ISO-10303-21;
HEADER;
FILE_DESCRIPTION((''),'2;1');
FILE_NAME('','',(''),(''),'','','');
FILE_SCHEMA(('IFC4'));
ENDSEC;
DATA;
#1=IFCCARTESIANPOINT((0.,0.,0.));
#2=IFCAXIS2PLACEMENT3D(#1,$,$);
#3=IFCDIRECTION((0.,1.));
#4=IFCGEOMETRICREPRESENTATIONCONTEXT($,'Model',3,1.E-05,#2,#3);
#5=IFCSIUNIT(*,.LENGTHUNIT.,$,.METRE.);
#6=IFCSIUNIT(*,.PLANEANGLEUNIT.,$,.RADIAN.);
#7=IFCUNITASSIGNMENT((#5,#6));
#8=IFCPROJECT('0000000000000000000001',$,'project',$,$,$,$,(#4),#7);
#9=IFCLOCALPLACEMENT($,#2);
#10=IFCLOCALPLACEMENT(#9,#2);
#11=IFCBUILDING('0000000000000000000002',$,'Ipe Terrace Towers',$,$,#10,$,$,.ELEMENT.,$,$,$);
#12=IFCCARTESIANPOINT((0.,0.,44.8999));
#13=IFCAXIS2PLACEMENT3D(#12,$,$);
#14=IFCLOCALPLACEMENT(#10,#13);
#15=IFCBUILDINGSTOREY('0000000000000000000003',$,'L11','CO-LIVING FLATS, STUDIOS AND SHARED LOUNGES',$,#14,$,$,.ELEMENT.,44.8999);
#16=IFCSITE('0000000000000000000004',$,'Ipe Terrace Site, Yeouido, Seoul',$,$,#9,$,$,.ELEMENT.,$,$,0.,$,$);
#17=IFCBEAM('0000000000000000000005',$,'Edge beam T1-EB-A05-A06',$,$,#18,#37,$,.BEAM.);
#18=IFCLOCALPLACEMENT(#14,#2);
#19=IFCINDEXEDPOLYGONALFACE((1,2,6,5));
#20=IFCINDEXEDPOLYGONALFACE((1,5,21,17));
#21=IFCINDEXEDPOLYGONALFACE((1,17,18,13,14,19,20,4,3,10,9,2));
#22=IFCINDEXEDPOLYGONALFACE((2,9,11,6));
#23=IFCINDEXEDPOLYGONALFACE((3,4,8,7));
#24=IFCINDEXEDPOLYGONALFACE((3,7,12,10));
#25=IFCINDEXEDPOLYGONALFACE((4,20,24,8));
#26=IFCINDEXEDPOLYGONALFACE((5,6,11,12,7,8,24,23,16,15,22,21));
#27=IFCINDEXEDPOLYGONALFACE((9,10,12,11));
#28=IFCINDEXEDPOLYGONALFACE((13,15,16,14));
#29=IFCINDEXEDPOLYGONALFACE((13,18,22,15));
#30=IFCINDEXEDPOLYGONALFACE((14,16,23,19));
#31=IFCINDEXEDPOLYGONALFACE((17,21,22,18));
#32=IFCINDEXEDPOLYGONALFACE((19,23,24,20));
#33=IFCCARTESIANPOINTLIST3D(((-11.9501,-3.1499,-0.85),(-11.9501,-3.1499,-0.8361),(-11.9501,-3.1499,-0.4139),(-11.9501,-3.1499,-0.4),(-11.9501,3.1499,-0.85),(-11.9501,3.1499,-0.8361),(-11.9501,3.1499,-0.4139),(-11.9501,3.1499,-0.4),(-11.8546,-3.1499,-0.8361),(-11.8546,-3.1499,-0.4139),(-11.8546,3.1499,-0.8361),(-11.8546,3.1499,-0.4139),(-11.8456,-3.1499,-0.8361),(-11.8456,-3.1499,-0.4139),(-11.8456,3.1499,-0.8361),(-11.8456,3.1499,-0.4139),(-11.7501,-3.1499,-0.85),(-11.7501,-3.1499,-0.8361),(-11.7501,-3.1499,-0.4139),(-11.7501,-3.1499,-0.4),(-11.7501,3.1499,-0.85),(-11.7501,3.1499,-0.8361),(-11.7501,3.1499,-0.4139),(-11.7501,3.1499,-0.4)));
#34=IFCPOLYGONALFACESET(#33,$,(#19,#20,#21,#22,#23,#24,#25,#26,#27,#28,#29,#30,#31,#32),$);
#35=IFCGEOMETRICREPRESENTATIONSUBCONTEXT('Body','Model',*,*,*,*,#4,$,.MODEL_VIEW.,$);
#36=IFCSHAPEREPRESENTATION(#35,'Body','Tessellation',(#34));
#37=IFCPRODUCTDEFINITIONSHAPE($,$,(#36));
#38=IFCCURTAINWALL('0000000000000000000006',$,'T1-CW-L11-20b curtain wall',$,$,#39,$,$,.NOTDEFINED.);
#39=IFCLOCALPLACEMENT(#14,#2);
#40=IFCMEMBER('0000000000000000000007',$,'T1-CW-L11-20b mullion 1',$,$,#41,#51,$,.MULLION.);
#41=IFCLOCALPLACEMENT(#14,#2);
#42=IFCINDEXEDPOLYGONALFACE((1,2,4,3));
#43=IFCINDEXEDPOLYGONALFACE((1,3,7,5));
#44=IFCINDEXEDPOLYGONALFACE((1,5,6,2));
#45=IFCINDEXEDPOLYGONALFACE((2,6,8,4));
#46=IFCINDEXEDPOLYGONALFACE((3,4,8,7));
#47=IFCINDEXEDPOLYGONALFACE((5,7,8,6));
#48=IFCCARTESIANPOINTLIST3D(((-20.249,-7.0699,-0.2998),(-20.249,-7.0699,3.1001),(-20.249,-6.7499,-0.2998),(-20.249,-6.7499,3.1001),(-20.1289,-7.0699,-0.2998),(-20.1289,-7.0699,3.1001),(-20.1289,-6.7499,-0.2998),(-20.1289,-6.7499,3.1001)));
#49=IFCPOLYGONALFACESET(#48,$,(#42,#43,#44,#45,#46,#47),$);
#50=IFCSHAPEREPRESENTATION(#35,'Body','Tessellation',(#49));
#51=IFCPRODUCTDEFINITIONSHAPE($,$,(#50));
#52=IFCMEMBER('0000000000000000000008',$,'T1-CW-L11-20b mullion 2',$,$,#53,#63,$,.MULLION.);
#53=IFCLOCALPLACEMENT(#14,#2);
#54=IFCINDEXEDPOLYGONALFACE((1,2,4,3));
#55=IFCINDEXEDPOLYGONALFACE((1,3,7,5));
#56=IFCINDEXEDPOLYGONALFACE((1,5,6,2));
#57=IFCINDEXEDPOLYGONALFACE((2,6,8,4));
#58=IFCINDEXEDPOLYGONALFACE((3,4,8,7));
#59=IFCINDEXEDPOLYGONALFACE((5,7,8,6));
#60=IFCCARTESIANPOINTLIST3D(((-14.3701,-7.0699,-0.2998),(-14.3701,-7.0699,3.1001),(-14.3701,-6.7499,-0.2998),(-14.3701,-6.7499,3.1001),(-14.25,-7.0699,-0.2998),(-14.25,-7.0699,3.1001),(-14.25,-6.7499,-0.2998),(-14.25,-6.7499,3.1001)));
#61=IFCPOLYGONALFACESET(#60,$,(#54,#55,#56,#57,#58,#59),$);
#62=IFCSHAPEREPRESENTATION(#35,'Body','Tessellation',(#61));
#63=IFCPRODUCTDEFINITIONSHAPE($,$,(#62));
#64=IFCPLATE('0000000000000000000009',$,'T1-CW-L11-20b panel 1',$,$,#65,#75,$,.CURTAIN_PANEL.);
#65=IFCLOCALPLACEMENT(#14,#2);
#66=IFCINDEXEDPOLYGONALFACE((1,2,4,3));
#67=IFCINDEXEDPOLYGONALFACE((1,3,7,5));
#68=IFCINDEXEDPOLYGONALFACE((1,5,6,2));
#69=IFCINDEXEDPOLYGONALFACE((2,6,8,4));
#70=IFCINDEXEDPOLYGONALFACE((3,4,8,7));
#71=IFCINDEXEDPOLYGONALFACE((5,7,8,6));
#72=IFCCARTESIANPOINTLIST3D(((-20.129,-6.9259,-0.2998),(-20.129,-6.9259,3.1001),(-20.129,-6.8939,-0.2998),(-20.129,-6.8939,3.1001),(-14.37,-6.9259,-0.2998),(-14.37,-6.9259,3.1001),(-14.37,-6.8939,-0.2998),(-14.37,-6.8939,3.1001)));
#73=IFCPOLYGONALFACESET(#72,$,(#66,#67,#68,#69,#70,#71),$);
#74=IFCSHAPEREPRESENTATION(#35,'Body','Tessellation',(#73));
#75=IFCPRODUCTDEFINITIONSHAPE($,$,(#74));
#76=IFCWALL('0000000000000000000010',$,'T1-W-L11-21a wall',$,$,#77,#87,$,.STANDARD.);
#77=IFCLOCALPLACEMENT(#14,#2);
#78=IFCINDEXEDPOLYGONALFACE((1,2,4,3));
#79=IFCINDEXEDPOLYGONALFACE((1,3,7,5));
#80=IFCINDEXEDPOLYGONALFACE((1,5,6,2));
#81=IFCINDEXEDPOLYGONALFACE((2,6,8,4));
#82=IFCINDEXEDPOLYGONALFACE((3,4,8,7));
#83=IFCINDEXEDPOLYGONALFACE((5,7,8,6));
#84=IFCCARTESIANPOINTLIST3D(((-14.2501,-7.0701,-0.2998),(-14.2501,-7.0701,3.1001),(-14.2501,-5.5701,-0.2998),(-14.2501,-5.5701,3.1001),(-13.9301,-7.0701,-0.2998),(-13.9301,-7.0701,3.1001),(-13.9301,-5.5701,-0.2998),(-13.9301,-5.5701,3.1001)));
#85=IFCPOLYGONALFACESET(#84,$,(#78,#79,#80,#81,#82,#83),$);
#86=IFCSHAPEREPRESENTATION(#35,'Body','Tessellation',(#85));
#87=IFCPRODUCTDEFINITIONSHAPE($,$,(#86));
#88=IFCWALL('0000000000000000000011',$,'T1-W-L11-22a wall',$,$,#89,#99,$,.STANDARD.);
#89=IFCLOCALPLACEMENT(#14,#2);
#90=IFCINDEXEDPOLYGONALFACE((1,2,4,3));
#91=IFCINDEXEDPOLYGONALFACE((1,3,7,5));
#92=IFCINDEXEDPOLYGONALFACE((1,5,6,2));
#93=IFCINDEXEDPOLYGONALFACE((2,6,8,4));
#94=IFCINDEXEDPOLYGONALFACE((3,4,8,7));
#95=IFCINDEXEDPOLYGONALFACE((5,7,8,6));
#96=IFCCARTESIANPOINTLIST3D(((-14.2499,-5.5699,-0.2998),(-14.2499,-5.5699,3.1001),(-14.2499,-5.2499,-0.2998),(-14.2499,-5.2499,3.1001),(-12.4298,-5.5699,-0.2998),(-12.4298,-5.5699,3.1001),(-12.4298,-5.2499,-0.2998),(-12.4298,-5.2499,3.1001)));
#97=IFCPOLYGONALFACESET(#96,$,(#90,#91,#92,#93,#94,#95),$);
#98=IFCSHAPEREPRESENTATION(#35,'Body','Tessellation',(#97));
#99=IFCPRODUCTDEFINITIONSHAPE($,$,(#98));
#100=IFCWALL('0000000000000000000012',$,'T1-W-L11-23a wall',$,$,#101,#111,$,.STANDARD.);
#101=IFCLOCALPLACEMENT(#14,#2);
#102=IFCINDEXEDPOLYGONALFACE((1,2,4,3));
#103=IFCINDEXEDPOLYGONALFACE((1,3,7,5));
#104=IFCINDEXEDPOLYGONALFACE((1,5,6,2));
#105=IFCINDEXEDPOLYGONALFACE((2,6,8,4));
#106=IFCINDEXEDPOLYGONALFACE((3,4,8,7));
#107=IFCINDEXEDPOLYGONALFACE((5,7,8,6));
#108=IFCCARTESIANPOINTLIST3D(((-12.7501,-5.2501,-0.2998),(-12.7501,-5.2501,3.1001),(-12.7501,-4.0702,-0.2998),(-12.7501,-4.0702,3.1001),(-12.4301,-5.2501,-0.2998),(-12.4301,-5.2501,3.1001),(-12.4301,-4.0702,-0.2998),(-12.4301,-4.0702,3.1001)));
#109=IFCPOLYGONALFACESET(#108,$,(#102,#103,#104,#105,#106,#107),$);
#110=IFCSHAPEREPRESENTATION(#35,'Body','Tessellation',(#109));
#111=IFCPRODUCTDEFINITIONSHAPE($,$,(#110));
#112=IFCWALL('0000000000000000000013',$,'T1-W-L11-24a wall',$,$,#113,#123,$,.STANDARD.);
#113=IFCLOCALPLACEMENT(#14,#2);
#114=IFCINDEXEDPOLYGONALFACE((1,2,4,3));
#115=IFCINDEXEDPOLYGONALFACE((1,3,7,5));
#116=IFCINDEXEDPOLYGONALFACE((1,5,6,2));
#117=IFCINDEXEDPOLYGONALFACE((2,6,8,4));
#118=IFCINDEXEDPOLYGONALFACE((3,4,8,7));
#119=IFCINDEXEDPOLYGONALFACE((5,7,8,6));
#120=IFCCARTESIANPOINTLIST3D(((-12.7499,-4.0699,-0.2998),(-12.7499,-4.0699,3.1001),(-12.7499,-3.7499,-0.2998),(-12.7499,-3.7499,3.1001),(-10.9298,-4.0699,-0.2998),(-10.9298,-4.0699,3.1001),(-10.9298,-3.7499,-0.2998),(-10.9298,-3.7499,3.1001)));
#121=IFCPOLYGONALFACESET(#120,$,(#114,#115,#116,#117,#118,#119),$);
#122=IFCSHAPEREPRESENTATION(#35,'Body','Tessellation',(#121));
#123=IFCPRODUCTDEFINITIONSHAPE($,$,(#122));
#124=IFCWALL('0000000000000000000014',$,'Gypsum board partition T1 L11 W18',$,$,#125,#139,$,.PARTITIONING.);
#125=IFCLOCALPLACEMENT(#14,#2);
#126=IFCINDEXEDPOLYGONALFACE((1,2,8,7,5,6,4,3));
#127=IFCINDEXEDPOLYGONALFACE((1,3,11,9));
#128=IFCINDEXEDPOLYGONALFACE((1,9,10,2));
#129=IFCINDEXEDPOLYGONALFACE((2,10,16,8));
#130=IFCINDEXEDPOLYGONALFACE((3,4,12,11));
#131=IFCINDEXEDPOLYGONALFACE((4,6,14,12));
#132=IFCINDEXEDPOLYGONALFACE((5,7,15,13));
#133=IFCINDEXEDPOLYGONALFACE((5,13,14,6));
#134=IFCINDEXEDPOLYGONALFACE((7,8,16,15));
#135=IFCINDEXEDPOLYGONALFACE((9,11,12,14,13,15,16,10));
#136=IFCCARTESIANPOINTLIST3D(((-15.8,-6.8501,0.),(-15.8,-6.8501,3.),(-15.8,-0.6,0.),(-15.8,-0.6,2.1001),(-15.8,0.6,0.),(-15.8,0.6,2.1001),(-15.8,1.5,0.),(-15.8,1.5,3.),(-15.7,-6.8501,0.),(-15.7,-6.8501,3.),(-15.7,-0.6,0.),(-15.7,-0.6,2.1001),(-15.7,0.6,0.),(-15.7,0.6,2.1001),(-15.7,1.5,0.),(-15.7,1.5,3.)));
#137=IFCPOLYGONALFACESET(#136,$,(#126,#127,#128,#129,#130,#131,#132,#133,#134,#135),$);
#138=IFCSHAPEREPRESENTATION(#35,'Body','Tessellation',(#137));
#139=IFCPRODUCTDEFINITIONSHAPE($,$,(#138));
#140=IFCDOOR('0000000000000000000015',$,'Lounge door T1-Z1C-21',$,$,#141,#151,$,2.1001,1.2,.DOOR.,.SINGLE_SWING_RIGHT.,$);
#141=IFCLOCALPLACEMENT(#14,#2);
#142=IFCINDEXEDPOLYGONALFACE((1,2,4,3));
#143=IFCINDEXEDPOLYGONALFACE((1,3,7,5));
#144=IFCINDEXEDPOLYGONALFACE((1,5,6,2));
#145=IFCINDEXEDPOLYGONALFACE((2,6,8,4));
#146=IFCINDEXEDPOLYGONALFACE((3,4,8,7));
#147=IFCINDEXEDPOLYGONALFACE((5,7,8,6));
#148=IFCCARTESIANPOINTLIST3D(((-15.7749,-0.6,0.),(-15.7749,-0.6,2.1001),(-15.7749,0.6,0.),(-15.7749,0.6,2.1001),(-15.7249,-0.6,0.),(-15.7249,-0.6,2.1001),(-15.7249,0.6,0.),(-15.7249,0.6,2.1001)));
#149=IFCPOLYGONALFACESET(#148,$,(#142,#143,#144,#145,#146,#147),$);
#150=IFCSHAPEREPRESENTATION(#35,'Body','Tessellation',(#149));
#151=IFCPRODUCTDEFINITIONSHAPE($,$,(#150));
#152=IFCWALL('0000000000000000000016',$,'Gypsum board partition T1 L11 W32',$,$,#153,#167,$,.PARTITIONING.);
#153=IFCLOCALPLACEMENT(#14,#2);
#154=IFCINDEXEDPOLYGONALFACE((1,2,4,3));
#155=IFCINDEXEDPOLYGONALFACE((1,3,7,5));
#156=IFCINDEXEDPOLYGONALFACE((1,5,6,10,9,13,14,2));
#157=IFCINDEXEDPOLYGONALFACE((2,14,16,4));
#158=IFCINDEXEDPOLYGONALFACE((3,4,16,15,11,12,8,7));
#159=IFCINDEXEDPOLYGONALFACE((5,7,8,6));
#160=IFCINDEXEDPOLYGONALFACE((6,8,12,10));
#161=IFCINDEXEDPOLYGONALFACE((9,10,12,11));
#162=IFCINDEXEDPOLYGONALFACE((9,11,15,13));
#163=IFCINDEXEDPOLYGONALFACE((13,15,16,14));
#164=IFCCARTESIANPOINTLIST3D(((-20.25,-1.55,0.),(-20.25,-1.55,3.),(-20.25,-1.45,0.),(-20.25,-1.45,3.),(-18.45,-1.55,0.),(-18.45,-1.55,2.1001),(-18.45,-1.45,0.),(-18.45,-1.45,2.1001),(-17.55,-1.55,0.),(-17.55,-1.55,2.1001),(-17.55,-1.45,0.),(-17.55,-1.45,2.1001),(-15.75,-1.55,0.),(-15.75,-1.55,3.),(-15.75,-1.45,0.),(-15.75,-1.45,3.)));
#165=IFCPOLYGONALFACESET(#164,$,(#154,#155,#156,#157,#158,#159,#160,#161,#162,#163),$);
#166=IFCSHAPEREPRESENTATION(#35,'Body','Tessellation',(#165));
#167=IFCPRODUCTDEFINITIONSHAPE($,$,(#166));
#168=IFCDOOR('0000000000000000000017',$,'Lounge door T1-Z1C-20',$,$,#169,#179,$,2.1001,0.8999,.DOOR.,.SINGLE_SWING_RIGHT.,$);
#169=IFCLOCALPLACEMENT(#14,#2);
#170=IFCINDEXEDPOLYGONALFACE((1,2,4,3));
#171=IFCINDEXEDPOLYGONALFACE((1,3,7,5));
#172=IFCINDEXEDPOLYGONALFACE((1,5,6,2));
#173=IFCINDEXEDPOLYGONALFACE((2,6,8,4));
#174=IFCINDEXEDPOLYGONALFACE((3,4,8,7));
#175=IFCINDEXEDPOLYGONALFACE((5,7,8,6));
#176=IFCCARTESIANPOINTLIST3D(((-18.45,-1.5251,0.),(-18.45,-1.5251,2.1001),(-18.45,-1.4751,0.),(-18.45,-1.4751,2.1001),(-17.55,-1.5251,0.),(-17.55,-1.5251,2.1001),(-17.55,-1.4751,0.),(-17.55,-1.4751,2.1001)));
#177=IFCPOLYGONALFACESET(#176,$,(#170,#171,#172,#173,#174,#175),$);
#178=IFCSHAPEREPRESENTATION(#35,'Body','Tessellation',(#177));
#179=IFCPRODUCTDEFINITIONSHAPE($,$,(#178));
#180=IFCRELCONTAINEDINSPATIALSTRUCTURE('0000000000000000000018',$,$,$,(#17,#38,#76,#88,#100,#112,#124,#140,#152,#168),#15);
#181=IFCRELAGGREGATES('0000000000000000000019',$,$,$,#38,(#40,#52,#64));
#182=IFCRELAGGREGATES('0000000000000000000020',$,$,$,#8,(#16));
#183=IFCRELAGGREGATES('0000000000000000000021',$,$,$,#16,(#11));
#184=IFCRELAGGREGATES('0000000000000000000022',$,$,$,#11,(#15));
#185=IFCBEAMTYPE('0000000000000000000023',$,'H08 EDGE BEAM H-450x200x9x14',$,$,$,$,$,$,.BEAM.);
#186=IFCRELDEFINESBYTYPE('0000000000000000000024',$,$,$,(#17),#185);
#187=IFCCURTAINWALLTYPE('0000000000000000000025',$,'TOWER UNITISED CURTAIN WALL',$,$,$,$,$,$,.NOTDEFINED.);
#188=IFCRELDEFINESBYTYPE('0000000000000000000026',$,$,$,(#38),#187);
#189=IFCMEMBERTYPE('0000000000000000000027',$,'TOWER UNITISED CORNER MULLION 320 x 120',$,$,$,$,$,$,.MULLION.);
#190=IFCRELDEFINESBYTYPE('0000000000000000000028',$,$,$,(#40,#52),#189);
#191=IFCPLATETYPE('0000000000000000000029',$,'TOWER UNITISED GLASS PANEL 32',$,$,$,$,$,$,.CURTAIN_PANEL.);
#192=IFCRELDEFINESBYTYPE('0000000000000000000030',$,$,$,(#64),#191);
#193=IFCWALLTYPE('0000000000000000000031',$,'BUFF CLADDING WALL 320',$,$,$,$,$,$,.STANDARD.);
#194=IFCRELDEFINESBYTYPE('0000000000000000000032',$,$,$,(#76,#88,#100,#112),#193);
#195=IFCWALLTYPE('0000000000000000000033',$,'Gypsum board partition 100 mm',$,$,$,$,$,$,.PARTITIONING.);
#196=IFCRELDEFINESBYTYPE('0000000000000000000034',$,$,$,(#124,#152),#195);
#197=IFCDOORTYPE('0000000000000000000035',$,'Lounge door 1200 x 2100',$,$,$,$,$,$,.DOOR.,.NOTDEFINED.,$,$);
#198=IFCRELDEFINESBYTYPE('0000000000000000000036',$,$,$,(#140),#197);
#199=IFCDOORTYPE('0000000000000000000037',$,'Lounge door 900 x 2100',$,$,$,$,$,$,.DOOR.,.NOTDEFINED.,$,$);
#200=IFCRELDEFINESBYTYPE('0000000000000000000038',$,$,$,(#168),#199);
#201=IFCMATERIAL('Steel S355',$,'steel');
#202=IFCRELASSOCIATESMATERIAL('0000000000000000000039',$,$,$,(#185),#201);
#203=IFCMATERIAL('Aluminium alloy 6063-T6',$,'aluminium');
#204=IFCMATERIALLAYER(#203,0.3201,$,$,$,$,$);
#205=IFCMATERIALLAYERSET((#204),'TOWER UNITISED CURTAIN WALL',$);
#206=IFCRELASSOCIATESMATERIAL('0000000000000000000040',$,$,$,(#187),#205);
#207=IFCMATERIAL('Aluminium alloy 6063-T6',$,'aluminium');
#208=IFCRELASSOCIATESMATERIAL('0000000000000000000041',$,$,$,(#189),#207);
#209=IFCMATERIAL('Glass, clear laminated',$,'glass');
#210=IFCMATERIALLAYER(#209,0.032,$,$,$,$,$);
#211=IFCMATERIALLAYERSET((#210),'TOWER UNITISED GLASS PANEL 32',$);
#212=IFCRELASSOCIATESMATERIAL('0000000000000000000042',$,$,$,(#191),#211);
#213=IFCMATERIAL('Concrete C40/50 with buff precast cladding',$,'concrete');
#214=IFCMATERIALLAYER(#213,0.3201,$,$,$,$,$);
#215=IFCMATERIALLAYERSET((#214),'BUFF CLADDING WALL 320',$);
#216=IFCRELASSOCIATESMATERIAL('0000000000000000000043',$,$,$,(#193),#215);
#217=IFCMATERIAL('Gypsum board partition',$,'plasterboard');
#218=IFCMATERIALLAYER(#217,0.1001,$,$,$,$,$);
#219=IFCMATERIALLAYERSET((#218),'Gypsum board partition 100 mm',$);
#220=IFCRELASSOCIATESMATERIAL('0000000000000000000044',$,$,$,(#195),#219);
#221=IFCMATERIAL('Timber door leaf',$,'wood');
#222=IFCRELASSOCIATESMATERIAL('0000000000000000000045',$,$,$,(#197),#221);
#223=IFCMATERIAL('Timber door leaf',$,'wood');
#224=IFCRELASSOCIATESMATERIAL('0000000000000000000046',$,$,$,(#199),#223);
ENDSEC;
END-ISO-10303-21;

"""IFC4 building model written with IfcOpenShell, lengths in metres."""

from ifc_helpers import new_model, si_unit, direction, frame, frame_2d, origin, origin_2d, place, context, subcontext, project, spatial, rectangle, i_section, extrude, material, layer, layer_set, material_profile, profile_set, type_object, element, fill, aggregate, save


model = new_model("IFC4")

# Units and contexts
model_context = context("Model", 3, precision=1e-05, world=origin(), true_north=direction((0.0, 1.0)))
body_context = subcontext(model_context, "Body", "Model", "MODEL_VIEW")
ifc_project = project(units=[si_unit("LENGTHUNIT", "METRE"), si_unit("PLANEANGLEUNIT", "RADIAN")], contexts=[model_context])

# Site, building, storey
site_placement = place(None, origin())
site = spatial("IfcSite", under=ifc_project, at=site_placement, Name="Ipe Terrace Site, Yeouido, Seoul", CompositionType="ELEMENT", RefElevation=0.0)
building_placement = place(site_placement, origin())
building = spatial("IfcBuilding", under=site, at=building_placement, Name="Ipe Terrace Towers", CompositionType="ELEMENT")
storey_placement = place(building_placement, frame((0.0, 0.0, 44.8999)))
storey = spatial("IfcBuildingStorey", under=building, at=storey_placement, Name="L11", Description="CO-LIVING FLATS, STUDIOS AND SHARED LOUNGES", CompositionType="ELEMENT", Elevation=44.8999)

# Beam
ifc_material_1 = material(Name="Steel S355", Category="steel")
ifc_material_profile_1 = material_profile(ifc_material_1, i_section(OverallWidth=0.2, OverallDepth=0.45, WebThickness=0.009, FlangeThickness=0.0139, at=origin_2d()), Name="H-450x200x9x14")
ifc_profile_set_1 = profile_set([ifc_material_profile_1], Name="Steel S355")
beam_type = type_object("IfcBeamType", Name="H08 EDGE BEAM H-450x200x9x14", PredefinedType="BEAM", material=ifc_profile_set_1)
beam_1_placement = place(storey_placement, frame((-11.8501, -3.1499, -0.625), z_axis=(0.0, 1.0, 0.0), x_axis=(-1.0, 0.0, 0.0)))
element("IfcBeam", 1, at=beam_1_placement, inside=storey, type_object=beam_type, Name="Edge beam T1-EB-A05-A06", PredefinedType="BEAM", context=body_context, shape_type="SweptSolid", body=[
    extrude(i_section(OverallWidth=0.2, OverallDepth=0.45, WebThickness=0.009, FlangeThickness=0.0139, at=origin_2d()), origin(), (0.0, 0.0, 1.0), 6.2998),
])

# Curtain wall, members, plate
ifc_material_2 = material(Name="Aluminium alloy 6063-T6", Category="aluminium")
ifc_layer_1 = layer(ifc_material_2, 0.3201)
ifc_layer_set_1 = layer_set([ifc_layer_1], Name="TOWER UNITISED CURTAIN WALL")
curtain_wall_type = type_object("IfcCurtainWallType", Name="TOWER UNITISED CURTAIN WALL", PredefinedType="NOTDEFINED", material=ifc_layer_set_1)
curtain_wall_placement = place(storey_placement, origin())
curtain_wall = element("IfcCurtainWall", 2, at=curtain_wall_placement, inside=storey, type_object=curtain_wall_type, Name="T1-CW-L11-20b curtain wall", PredefinedType="NOTDEFINED")
ifc_material_3 = material(Name="Aluminium alloy 6063-T6", Category="aluminium")
ifc_material_profile_2 = material_profile(ifc_material_3, rectangle(XDim=0.3201, YDim=0.1201, at=origin_2d()), Name="TOWER UNITISED CORNER MULLION 320 x 120")
ifc_profile_set_2 = profile_set([ifc_material_profile_2], Name="Aluminium alloy 6063-T6")
member_type = type_object("IfcMemberType", Name="TOWER UNITISED CORNER MULLION 320 x 120", PredefinedType="MULLION", material=ifc_profile_set_2)
member_1_placement = place(storey_placement, frame((-20.189, -6.9099, -0.2998), z_axis=(0.0, 0.0, 1.0), x_axis=(0.0, -1.0, 0.0)))
member_1 = element("IfcMember", 3, at=member_1_placement, type_object=member_type, Name="T1-CW-L11-20b mullion 1", PredefinedType="MULLION", context=body_context, shape_type="SweptSolid", body=[
    extrude(rectangle(XDim=0.3201, YDim=0.1201, at=origin_2d()), origin(), (0.0, 0.0, 1.0), 3.3999),
])
member_2_placement = place(storey_placement, frame((-14.3101, -6.9099, -0.2998), z_axis=(0.0, 0.0, 1.0), x_axis=(0.0, -1.0, 0.0)))
member_2 = element("IfcMember", 4, at=member_2_placement, type_object=member_type, Name="T1-CW-L11-20b mullion 2", PredefinedType="MULLION", context=body_context, shape_type="SweptSolid", body=[
    extrude(rectangle(XDim=0.3201, YDim=0.1201, at=origin_2d()), origin(), (0.0, 0.0, 1.0), 3.3999),
])
ifc_material_4 = material(Name="Glass, clear laminated", Category="glass")
ifc_layer_2 = layer(ifc_material_4, 0.032)
ifc_layer_set_2 = layer_set([ifc_layer_2], Name="TOWER UNITISED GLASS PANEL 32")
plate_type = type_object("IfcPlateType", Name="TOWER UNITISED GLASS PANEL 32", PredefinedType="CURTAIN_PANEL", material=ifc_layer_set_2)
plate_placement = place(storey_placement, frame((-17.2495, -6.9099, -0.2998), z_axis=(0.0, 0.0, 1.0), x_axis=(1.0, 0.0, 0.0)))
plate = element("IfcPlate", 5, at=plate_placement, type_object=plate_type, Name="T1-CW-L11-20b panel 1", PredefinedType="CURTAIN_PANEL", context=body_context, shape_type="SweptSolid", body=[
    extrude(rectangle(XDim=5.759, YDim=0.032, at=origin_2d()), origin(), (0.0, 0.0, 1.0), 3.3999),
])
aggregate(curtain_wall, [member_1, member_2, plate])

# Walls
ifc_material_5 = material(Name="Concrete C40/50 with buff precast cladding", Category="concrete")
ifc_layer_3 = layer(ifc_material_5, 0.3201)
ifc_layer_set_3 = layer_set([ifc_layer_3], Name="BUFF CLADDING WALL 320")
wall_type_1 = type_object("IfcWallType", Name="BUFF CLADDING WALL 320", PredefinedType="STANDARD", material=ifc_layer_set_3)
wall_1_placement = place(storey_placement, frame((-14.0901, -7.0701, -0.2998), z_axis=(0.0, 0.0, 1.0), x_axis=(0.0, 1.0, 0.0)))
element("IfcWall", 6, at=wall_1_placement, inside=storey, type_object=wall_type_1, Name="T1-W-L11-21a wall", PredefinedType="STANDARD", context=body_context, shape_type="SweptSolid", body=[
    extrude(rectangle(XDim=1.5, YDim=0.3201, at=frame_2d((0.75, 0.0))), origin(), (0.0, 0.0, 1.0), 3.3999),
])
wall_2_placement = place(storey_placement, frame((-14.25, -5.4099, -0.2998), z_axis=(0.0, 0.0, 1.0), x_axis=(1.0, 0.0, 0.0)))
element("IfcWall", 7, at=wall_2_placement, inside=storey, type_object=wall_type_1, Name="T1-W-L11-22a wall", PredefinedType="STANDARD", context=body_context, shape_type="SweptSolid", body=[
    extrude(rectangle(XDim=1.8201, YDim=0.3201, at=frame_2d((0.9102, 0.0))), origin(), (0.0, 0.0, 1.0), 3.3999),
])
wall_3_placement = place(storey_placement, frame((-12.5901, -5.25, -0.2998), z_axis=(0.0, 0.0, 1.0), x_axis=(0.0, 1.0, 0.0)))
element("IfcWall", 8, at=wall_3_placement, inside=storey, type_object=wall_type_1, Name="T1-W-L11-23a wall", PredefinedType="STANDARD", context=body_context, shape_type="SweptSolid", body=[
    extrude(rectangle(XDim=1.1799, YDim=0.3201, at=frame_2d((0.5898, 0.0))), origin(), (0.0, 0.0, 1.0), 3.3999),
])
wall_4_placement = place(storey_placement, frame((-12.75, -3.9099, -0.2998), z_axis=(0.0, 0.0, 1.0), x_axis=(1.0, 0.0, 0.0)))
element("IfcWall", 9, at=wall_4_placement, inside=storey, type_object=wall_type_1, Name="T1-W-L11-24a wall", PredefinedType="STANDARD", context=body_context, shape_type="SweptSolid", body=[
    extrude(rectangle(XDim=1.8201, YDim=0.3201, at=frame_2d((0.9102, 0.0))), origin(), (0.0, 0.0, 1.0), 3.3999),
])

# Walls, openings, doors
ifc_material_6 = material(Name="Gypsum board partition", Category="plasterboard")
ifc_layer_4 = layer(ifc_material_6, 0.1001)
ifc_layer_set_4 = layer_set([ifc_layer_4], Name="Gypsum board partition 100 mm")
wall_type_2 = type_object("IfcWallType", Name="Gypsum board partition 100 mm", PredefinedType="PARTITIONING", material=ifc_layer_set_4)
wall_5_placement = place(storey_placement, frame((-15.75, -6.8501, 0.0), z_axis=(0.0, 0.0, 1.0), x_axis=(0.0, 1.0, 0.0)))
wall_5 = element("IfcWall", 10, at=wall_5_placement, inside=storey, type_object=wall_type_2, Name="Gypsum board partition T1 L11 W18", PredefinedType="PARTITIONING", context=body_context, shape_type="SweptSolid", body=[
    extrude(rectangle(XDim=8.3501, YDim=0.1001, at=frame_2d((4.175, 0.0))), origin(), (0.0, 0.0, 1.0), 3.0),
])
opening_1_placement = place(wall_5_placement, frame((6.25, 0.0, 0.0)))
opening_1 = element("IfcOpeningElement", 11, at=opening_1_placement, cuts=wall_5, PredefinedType="OPENING", context=body_context, shape_type="SweptSolid", body=[
    extrude(rectangle(XDim=1.2, YDim=2.1001, at=frame_2d((0.6001, 1.05))), frame((0.0, 0.0601, 0.0), z_axis=(0.0, -1.0, 0.0), x_axis=(1.0, 0.0, 0.0)), (0.0, 0.0, 1.0), 0.1201),
])
ifc_material_7 = material(Name="Timber door leaf", Category="wood")
door_type_1 = type_object("IfcDoorType", Name="Lounge door 1200 x 2100", OperationType="NOTDEFINED", PredefinedType="DOOR", material=ifc_material_7)
door_1_placement = place(opening_1_placement, origin())
door_1 = element("IfcDoor", 12, at=door_1_placement, inside=storey, type_object=door_type_1, Name="Lounge door T1-Z1C-21", OperationType="SINGLE_SWING_RIGHT", OverallHeight=2.1001, OverallWidth=1.2, PredefinedType="DOOR", context=body_context, shape_type="SweptSolid", body=[
    extrude(rectangle(XDim=1.2, YDim=2.1001, at=frame_2d((0.6001, 1.05))), frame((0.0, 0.0249, 0.0), z_axis=(0.0, -1.0, 0.0), x_axis=(1.0, 0.0, 0.0)), (0.0, 0.0, 1.0), 0.05),
])
fill(opening_1, door_1)
wall_6_placement = place(storey_placement, frame((-20.25, -1.5, 0.0), z_axis=(0.0, 0.0, 1.0), x_axis=(1.0, 0.0, 0.0)))
wall_6 = element("IfcWall", 13, at=wall_6_placement, inside=storey, type_object=wall_type_2, Name="Gypsum board partition T1 L11 W32", PredefinedType="PARTITIONING", context=body_context, shape_type="SweptSolid", body=[
    extrude(rectangle(XDim=4.5, YDim=0.1001, at=frame_2d((2.25, 0.0))), origin(), (0.0, 0.0, 1.0), 3.0),
])
opening_2_placement = place(wall_6_placement, frame((1.8, 0.0, 0.0)))
opening_2 = element("IfcOpeningElement", 14, at=opening_2_placement, cuts=wall_6, PredefinedType="OPENING", context=body_context, shape_type="SweptSolid", body=[
    extrude(rectangle(XDim=0.8999, YDim=2.1001, at=frame_2d((0.45, 1.05))), frame((0.0, 0.0601, 0.0), z_axis=(0.0, -1.0, 0.0), x_axis=(1.0, 0.0, 0.0)), (0.0, 0.0, 1.0), 0.1201),
])
ifc_material_8 = material(Name="Timber door leaf", Category="wood")
door_type_2 = type_object("IfcDoorType", Name="Lounge door 900 x 2100", OperationType="NOTDEFINED", PredefinedType="DOOR", material=ifc_material_8)
door_2_placement = place(opening_2_placement, origin())
door_2 = element("IfcDoor", 15, at=door_2_placement, inside=storey, type_object=door_type_2, Name="Lounge door T1-Z1C-20", OperationType="SINGLE_SWING_RIGHT", OverallHeight=2.1001, OverallWidth=0.8999, PredefinedType="DOOR", context=body_context, shape_type="SweptSolid", body=[
    extrude(rectangle(XDim=0.8999, YDim=2.1001, at=frame_2d((0.45, 1.05))), frame((0.0, 0.0249, 0.0), z_axis=(0.0, -1.0, 0.0), x_axis=(1.0, 0.0, 0.0)), (0.0, 0.0, 1.0), 0.05),
])
fill(opening_2, door_2)

save(model, "model.ifc")
